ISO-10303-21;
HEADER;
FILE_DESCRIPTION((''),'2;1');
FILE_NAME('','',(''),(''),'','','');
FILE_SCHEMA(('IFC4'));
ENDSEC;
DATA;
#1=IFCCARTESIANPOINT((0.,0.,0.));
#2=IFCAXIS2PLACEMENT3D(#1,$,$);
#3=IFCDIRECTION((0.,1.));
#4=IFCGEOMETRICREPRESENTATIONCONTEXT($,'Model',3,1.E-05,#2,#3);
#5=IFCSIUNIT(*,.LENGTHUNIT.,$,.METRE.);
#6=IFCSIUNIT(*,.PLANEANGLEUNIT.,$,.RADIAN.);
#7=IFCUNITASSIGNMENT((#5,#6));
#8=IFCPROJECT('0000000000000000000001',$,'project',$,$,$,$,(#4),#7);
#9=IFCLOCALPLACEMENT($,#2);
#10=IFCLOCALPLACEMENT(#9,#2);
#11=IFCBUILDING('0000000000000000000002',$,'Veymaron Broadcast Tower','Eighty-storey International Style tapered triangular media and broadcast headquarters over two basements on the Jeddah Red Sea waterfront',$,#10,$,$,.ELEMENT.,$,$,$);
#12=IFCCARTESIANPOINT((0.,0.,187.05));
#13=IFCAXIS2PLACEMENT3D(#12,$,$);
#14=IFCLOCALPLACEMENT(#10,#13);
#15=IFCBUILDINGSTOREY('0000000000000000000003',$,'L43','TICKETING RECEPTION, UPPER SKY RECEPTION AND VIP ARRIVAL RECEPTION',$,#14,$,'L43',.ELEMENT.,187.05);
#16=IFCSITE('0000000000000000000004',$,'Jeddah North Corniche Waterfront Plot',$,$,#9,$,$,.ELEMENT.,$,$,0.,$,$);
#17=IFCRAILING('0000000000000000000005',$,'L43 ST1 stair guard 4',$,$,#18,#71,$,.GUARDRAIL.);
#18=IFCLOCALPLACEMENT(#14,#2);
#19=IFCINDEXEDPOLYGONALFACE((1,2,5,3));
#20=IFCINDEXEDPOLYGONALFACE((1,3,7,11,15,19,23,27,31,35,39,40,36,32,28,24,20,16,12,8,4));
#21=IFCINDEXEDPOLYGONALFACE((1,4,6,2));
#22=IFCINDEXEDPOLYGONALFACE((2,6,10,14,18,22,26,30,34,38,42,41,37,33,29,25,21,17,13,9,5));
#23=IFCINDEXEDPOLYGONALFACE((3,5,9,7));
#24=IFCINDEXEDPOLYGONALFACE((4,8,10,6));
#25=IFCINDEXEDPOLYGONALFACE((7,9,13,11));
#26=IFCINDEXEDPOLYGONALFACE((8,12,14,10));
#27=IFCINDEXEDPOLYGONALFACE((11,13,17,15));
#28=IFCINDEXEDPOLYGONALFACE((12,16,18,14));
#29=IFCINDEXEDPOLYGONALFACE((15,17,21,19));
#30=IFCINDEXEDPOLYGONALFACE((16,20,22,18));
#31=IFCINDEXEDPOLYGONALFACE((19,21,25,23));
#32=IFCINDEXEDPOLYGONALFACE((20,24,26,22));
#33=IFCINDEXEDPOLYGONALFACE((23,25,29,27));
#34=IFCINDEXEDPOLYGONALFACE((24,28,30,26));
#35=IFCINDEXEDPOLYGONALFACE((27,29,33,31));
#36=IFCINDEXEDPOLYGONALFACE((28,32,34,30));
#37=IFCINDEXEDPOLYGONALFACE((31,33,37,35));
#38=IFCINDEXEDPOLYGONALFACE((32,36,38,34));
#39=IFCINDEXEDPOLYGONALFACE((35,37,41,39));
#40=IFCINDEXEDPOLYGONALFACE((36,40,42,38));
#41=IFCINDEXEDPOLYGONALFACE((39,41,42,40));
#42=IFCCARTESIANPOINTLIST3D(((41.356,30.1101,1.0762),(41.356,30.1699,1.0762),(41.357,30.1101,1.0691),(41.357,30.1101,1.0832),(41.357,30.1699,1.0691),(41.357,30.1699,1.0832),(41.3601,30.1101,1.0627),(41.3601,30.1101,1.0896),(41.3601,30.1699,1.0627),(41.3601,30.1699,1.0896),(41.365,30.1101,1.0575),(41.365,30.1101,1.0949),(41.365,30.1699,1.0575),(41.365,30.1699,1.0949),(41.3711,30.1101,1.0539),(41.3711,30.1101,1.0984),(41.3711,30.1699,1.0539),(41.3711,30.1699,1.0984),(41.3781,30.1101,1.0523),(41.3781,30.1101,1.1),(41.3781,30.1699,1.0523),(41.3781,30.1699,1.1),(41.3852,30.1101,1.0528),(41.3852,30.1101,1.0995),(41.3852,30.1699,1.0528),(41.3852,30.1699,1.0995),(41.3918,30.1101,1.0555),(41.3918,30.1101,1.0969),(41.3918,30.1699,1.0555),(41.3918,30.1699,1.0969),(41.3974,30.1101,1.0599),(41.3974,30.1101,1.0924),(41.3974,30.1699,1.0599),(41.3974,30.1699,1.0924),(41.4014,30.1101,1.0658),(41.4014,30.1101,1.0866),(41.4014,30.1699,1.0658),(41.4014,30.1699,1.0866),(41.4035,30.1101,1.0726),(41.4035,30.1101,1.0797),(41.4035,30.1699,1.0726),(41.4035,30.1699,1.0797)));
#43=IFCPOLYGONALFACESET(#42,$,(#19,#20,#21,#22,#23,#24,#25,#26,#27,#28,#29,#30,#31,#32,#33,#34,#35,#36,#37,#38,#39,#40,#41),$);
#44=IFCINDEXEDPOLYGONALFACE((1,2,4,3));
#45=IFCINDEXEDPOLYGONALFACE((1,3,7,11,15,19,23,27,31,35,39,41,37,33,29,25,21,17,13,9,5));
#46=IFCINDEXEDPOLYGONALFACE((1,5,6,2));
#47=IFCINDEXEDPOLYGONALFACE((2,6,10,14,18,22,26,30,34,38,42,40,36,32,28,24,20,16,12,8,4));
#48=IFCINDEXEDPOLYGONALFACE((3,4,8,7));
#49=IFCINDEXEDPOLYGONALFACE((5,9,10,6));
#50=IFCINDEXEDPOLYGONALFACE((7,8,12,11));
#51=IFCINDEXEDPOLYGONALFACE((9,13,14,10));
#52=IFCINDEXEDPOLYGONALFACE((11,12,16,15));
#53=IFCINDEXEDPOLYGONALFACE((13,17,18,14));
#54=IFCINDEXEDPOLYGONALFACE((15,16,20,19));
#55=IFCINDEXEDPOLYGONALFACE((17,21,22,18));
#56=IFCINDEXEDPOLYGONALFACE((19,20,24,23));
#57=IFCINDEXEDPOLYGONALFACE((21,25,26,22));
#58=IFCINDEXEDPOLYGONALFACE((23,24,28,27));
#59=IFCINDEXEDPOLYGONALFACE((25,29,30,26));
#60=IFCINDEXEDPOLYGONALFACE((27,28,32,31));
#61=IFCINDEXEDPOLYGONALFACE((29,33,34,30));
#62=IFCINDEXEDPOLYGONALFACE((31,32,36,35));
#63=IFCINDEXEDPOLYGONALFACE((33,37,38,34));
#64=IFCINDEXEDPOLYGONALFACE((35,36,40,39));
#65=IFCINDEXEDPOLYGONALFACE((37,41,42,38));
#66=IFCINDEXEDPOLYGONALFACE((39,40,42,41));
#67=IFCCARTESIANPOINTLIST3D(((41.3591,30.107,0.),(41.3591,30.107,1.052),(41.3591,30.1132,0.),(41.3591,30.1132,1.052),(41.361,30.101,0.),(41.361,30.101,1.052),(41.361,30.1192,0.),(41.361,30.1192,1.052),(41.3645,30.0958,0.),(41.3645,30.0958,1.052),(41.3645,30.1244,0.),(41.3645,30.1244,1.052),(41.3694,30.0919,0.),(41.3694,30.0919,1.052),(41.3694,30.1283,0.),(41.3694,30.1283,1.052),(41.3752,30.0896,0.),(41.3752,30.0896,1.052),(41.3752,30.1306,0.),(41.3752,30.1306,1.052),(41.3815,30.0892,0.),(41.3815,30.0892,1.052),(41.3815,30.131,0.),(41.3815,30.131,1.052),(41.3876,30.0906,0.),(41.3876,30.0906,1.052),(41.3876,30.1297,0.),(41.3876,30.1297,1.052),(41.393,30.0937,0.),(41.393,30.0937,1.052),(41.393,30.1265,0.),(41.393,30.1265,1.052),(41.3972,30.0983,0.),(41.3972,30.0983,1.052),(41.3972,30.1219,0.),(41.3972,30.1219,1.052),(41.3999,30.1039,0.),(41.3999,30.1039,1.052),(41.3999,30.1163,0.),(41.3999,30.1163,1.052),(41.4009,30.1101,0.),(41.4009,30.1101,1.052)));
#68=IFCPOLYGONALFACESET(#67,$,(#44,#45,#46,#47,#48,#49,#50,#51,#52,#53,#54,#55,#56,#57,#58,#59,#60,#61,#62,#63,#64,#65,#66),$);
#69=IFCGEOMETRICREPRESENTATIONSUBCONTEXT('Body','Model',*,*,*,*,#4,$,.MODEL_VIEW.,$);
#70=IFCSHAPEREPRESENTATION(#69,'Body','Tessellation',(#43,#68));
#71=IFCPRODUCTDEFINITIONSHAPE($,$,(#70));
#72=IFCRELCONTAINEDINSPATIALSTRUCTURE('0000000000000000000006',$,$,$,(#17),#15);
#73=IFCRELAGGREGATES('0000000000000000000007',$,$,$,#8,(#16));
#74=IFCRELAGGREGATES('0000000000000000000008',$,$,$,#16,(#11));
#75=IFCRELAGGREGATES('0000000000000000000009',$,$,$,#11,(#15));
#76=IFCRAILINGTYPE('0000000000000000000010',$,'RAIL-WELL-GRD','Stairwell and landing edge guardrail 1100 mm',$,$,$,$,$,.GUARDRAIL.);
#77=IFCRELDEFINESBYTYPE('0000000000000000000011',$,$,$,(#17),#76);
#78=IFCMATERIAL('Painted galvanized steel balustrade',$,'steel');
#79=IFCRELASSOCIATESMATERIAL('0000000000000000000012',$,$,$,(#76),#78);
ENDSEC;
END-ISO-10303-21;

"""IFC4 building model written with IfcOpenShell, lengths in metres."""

from ifc_helpers import new_model, si_unit, direction, frame, origin, origin_2d, place, context, subcontext, project, spatial, circle, extrude, material, type_object, element, save


model = new_model("IFC4")

# Units and contexts
model_context = context("Model", 3, precision=1e-05, world=origin(), true_north=direction((0.0, 1.0)))
body_context = subcontext(model_context, "Body", "Model", "MODEL_VIEW")
ifc_project = project(units=[si_unit("LENGTHUNIT", "METRE"), si_unit("PLANEANGLEUNIT", "RADIAN")], contexts=[model_context])

# Site, building, storey
site_placement = place(None, origin())
site = spatial("IfcSite", under=ifc_project, at=site_placement, Name="Jeddah North Corniche Waterfront Plot", CompositionType="ELEMENT", RefElevation=0.0)
building_placement = place(site_placement, origin())
building = spatial("IfcBuilding", under=site, at=building_placement, Name="Veymaron Broadcast Tower", Description="Eighty-storey International Style tapered triangular media and broadcast headquarters over two basements on the Jeddah Red Sea waterfront", CompositionType="ELEMENT")
storey_placement = place(building_placement, frame((0.0, 0.0, 187.05)))
storey = spatial("IfcBuildingStorey", under=building, at=storey_placement, Name="L43", Description="TICKETING RECEPTION, UPPER SKY RECEPTION AND VIP ARRIVAL RECEPTION", LongName="L43", CompositionType="ELEMENT", Elevation=187.05)

# Railing
ifc_material_1 = material(Name="Painted galvanized steel balustrade", Category="steel")
railing_type_1 = type_object("IfcRailingType", Name="RAIL-WELL-GRD", Description="Stairwell and landing edge guardrail 1100 mm", PredefinedType="GUARDRAIL", material=ifc_material_1)
railing_1_placement = place(storey_placement, frame((41.3799, 30.1101, 0.0)))
element("IfcRailing", 1, at=railing_1_placement, inside=storey, type_object=railing_type_1, Name="L43 ST1 stair guard 4", PredefinedType="GUARDRAIL", context=body_context, shape_type="SweptSolid", body=[
    extrude(circle(Radius=0.0239, at=origin_2d()), frame((0.0, 0.0, 1.0762), z_axis=(0.0, 1.0, 0.0), x_axis=(-1.0, 0.0, 0.0)), (0.0, 0.0, 1.0), 0.0598),
    extrude(circle(Radius=0.021, at=origin_2d()), origin(), (0.0, 0.0, 1.0), 1.052),
])

save(model, "model.ifc")
